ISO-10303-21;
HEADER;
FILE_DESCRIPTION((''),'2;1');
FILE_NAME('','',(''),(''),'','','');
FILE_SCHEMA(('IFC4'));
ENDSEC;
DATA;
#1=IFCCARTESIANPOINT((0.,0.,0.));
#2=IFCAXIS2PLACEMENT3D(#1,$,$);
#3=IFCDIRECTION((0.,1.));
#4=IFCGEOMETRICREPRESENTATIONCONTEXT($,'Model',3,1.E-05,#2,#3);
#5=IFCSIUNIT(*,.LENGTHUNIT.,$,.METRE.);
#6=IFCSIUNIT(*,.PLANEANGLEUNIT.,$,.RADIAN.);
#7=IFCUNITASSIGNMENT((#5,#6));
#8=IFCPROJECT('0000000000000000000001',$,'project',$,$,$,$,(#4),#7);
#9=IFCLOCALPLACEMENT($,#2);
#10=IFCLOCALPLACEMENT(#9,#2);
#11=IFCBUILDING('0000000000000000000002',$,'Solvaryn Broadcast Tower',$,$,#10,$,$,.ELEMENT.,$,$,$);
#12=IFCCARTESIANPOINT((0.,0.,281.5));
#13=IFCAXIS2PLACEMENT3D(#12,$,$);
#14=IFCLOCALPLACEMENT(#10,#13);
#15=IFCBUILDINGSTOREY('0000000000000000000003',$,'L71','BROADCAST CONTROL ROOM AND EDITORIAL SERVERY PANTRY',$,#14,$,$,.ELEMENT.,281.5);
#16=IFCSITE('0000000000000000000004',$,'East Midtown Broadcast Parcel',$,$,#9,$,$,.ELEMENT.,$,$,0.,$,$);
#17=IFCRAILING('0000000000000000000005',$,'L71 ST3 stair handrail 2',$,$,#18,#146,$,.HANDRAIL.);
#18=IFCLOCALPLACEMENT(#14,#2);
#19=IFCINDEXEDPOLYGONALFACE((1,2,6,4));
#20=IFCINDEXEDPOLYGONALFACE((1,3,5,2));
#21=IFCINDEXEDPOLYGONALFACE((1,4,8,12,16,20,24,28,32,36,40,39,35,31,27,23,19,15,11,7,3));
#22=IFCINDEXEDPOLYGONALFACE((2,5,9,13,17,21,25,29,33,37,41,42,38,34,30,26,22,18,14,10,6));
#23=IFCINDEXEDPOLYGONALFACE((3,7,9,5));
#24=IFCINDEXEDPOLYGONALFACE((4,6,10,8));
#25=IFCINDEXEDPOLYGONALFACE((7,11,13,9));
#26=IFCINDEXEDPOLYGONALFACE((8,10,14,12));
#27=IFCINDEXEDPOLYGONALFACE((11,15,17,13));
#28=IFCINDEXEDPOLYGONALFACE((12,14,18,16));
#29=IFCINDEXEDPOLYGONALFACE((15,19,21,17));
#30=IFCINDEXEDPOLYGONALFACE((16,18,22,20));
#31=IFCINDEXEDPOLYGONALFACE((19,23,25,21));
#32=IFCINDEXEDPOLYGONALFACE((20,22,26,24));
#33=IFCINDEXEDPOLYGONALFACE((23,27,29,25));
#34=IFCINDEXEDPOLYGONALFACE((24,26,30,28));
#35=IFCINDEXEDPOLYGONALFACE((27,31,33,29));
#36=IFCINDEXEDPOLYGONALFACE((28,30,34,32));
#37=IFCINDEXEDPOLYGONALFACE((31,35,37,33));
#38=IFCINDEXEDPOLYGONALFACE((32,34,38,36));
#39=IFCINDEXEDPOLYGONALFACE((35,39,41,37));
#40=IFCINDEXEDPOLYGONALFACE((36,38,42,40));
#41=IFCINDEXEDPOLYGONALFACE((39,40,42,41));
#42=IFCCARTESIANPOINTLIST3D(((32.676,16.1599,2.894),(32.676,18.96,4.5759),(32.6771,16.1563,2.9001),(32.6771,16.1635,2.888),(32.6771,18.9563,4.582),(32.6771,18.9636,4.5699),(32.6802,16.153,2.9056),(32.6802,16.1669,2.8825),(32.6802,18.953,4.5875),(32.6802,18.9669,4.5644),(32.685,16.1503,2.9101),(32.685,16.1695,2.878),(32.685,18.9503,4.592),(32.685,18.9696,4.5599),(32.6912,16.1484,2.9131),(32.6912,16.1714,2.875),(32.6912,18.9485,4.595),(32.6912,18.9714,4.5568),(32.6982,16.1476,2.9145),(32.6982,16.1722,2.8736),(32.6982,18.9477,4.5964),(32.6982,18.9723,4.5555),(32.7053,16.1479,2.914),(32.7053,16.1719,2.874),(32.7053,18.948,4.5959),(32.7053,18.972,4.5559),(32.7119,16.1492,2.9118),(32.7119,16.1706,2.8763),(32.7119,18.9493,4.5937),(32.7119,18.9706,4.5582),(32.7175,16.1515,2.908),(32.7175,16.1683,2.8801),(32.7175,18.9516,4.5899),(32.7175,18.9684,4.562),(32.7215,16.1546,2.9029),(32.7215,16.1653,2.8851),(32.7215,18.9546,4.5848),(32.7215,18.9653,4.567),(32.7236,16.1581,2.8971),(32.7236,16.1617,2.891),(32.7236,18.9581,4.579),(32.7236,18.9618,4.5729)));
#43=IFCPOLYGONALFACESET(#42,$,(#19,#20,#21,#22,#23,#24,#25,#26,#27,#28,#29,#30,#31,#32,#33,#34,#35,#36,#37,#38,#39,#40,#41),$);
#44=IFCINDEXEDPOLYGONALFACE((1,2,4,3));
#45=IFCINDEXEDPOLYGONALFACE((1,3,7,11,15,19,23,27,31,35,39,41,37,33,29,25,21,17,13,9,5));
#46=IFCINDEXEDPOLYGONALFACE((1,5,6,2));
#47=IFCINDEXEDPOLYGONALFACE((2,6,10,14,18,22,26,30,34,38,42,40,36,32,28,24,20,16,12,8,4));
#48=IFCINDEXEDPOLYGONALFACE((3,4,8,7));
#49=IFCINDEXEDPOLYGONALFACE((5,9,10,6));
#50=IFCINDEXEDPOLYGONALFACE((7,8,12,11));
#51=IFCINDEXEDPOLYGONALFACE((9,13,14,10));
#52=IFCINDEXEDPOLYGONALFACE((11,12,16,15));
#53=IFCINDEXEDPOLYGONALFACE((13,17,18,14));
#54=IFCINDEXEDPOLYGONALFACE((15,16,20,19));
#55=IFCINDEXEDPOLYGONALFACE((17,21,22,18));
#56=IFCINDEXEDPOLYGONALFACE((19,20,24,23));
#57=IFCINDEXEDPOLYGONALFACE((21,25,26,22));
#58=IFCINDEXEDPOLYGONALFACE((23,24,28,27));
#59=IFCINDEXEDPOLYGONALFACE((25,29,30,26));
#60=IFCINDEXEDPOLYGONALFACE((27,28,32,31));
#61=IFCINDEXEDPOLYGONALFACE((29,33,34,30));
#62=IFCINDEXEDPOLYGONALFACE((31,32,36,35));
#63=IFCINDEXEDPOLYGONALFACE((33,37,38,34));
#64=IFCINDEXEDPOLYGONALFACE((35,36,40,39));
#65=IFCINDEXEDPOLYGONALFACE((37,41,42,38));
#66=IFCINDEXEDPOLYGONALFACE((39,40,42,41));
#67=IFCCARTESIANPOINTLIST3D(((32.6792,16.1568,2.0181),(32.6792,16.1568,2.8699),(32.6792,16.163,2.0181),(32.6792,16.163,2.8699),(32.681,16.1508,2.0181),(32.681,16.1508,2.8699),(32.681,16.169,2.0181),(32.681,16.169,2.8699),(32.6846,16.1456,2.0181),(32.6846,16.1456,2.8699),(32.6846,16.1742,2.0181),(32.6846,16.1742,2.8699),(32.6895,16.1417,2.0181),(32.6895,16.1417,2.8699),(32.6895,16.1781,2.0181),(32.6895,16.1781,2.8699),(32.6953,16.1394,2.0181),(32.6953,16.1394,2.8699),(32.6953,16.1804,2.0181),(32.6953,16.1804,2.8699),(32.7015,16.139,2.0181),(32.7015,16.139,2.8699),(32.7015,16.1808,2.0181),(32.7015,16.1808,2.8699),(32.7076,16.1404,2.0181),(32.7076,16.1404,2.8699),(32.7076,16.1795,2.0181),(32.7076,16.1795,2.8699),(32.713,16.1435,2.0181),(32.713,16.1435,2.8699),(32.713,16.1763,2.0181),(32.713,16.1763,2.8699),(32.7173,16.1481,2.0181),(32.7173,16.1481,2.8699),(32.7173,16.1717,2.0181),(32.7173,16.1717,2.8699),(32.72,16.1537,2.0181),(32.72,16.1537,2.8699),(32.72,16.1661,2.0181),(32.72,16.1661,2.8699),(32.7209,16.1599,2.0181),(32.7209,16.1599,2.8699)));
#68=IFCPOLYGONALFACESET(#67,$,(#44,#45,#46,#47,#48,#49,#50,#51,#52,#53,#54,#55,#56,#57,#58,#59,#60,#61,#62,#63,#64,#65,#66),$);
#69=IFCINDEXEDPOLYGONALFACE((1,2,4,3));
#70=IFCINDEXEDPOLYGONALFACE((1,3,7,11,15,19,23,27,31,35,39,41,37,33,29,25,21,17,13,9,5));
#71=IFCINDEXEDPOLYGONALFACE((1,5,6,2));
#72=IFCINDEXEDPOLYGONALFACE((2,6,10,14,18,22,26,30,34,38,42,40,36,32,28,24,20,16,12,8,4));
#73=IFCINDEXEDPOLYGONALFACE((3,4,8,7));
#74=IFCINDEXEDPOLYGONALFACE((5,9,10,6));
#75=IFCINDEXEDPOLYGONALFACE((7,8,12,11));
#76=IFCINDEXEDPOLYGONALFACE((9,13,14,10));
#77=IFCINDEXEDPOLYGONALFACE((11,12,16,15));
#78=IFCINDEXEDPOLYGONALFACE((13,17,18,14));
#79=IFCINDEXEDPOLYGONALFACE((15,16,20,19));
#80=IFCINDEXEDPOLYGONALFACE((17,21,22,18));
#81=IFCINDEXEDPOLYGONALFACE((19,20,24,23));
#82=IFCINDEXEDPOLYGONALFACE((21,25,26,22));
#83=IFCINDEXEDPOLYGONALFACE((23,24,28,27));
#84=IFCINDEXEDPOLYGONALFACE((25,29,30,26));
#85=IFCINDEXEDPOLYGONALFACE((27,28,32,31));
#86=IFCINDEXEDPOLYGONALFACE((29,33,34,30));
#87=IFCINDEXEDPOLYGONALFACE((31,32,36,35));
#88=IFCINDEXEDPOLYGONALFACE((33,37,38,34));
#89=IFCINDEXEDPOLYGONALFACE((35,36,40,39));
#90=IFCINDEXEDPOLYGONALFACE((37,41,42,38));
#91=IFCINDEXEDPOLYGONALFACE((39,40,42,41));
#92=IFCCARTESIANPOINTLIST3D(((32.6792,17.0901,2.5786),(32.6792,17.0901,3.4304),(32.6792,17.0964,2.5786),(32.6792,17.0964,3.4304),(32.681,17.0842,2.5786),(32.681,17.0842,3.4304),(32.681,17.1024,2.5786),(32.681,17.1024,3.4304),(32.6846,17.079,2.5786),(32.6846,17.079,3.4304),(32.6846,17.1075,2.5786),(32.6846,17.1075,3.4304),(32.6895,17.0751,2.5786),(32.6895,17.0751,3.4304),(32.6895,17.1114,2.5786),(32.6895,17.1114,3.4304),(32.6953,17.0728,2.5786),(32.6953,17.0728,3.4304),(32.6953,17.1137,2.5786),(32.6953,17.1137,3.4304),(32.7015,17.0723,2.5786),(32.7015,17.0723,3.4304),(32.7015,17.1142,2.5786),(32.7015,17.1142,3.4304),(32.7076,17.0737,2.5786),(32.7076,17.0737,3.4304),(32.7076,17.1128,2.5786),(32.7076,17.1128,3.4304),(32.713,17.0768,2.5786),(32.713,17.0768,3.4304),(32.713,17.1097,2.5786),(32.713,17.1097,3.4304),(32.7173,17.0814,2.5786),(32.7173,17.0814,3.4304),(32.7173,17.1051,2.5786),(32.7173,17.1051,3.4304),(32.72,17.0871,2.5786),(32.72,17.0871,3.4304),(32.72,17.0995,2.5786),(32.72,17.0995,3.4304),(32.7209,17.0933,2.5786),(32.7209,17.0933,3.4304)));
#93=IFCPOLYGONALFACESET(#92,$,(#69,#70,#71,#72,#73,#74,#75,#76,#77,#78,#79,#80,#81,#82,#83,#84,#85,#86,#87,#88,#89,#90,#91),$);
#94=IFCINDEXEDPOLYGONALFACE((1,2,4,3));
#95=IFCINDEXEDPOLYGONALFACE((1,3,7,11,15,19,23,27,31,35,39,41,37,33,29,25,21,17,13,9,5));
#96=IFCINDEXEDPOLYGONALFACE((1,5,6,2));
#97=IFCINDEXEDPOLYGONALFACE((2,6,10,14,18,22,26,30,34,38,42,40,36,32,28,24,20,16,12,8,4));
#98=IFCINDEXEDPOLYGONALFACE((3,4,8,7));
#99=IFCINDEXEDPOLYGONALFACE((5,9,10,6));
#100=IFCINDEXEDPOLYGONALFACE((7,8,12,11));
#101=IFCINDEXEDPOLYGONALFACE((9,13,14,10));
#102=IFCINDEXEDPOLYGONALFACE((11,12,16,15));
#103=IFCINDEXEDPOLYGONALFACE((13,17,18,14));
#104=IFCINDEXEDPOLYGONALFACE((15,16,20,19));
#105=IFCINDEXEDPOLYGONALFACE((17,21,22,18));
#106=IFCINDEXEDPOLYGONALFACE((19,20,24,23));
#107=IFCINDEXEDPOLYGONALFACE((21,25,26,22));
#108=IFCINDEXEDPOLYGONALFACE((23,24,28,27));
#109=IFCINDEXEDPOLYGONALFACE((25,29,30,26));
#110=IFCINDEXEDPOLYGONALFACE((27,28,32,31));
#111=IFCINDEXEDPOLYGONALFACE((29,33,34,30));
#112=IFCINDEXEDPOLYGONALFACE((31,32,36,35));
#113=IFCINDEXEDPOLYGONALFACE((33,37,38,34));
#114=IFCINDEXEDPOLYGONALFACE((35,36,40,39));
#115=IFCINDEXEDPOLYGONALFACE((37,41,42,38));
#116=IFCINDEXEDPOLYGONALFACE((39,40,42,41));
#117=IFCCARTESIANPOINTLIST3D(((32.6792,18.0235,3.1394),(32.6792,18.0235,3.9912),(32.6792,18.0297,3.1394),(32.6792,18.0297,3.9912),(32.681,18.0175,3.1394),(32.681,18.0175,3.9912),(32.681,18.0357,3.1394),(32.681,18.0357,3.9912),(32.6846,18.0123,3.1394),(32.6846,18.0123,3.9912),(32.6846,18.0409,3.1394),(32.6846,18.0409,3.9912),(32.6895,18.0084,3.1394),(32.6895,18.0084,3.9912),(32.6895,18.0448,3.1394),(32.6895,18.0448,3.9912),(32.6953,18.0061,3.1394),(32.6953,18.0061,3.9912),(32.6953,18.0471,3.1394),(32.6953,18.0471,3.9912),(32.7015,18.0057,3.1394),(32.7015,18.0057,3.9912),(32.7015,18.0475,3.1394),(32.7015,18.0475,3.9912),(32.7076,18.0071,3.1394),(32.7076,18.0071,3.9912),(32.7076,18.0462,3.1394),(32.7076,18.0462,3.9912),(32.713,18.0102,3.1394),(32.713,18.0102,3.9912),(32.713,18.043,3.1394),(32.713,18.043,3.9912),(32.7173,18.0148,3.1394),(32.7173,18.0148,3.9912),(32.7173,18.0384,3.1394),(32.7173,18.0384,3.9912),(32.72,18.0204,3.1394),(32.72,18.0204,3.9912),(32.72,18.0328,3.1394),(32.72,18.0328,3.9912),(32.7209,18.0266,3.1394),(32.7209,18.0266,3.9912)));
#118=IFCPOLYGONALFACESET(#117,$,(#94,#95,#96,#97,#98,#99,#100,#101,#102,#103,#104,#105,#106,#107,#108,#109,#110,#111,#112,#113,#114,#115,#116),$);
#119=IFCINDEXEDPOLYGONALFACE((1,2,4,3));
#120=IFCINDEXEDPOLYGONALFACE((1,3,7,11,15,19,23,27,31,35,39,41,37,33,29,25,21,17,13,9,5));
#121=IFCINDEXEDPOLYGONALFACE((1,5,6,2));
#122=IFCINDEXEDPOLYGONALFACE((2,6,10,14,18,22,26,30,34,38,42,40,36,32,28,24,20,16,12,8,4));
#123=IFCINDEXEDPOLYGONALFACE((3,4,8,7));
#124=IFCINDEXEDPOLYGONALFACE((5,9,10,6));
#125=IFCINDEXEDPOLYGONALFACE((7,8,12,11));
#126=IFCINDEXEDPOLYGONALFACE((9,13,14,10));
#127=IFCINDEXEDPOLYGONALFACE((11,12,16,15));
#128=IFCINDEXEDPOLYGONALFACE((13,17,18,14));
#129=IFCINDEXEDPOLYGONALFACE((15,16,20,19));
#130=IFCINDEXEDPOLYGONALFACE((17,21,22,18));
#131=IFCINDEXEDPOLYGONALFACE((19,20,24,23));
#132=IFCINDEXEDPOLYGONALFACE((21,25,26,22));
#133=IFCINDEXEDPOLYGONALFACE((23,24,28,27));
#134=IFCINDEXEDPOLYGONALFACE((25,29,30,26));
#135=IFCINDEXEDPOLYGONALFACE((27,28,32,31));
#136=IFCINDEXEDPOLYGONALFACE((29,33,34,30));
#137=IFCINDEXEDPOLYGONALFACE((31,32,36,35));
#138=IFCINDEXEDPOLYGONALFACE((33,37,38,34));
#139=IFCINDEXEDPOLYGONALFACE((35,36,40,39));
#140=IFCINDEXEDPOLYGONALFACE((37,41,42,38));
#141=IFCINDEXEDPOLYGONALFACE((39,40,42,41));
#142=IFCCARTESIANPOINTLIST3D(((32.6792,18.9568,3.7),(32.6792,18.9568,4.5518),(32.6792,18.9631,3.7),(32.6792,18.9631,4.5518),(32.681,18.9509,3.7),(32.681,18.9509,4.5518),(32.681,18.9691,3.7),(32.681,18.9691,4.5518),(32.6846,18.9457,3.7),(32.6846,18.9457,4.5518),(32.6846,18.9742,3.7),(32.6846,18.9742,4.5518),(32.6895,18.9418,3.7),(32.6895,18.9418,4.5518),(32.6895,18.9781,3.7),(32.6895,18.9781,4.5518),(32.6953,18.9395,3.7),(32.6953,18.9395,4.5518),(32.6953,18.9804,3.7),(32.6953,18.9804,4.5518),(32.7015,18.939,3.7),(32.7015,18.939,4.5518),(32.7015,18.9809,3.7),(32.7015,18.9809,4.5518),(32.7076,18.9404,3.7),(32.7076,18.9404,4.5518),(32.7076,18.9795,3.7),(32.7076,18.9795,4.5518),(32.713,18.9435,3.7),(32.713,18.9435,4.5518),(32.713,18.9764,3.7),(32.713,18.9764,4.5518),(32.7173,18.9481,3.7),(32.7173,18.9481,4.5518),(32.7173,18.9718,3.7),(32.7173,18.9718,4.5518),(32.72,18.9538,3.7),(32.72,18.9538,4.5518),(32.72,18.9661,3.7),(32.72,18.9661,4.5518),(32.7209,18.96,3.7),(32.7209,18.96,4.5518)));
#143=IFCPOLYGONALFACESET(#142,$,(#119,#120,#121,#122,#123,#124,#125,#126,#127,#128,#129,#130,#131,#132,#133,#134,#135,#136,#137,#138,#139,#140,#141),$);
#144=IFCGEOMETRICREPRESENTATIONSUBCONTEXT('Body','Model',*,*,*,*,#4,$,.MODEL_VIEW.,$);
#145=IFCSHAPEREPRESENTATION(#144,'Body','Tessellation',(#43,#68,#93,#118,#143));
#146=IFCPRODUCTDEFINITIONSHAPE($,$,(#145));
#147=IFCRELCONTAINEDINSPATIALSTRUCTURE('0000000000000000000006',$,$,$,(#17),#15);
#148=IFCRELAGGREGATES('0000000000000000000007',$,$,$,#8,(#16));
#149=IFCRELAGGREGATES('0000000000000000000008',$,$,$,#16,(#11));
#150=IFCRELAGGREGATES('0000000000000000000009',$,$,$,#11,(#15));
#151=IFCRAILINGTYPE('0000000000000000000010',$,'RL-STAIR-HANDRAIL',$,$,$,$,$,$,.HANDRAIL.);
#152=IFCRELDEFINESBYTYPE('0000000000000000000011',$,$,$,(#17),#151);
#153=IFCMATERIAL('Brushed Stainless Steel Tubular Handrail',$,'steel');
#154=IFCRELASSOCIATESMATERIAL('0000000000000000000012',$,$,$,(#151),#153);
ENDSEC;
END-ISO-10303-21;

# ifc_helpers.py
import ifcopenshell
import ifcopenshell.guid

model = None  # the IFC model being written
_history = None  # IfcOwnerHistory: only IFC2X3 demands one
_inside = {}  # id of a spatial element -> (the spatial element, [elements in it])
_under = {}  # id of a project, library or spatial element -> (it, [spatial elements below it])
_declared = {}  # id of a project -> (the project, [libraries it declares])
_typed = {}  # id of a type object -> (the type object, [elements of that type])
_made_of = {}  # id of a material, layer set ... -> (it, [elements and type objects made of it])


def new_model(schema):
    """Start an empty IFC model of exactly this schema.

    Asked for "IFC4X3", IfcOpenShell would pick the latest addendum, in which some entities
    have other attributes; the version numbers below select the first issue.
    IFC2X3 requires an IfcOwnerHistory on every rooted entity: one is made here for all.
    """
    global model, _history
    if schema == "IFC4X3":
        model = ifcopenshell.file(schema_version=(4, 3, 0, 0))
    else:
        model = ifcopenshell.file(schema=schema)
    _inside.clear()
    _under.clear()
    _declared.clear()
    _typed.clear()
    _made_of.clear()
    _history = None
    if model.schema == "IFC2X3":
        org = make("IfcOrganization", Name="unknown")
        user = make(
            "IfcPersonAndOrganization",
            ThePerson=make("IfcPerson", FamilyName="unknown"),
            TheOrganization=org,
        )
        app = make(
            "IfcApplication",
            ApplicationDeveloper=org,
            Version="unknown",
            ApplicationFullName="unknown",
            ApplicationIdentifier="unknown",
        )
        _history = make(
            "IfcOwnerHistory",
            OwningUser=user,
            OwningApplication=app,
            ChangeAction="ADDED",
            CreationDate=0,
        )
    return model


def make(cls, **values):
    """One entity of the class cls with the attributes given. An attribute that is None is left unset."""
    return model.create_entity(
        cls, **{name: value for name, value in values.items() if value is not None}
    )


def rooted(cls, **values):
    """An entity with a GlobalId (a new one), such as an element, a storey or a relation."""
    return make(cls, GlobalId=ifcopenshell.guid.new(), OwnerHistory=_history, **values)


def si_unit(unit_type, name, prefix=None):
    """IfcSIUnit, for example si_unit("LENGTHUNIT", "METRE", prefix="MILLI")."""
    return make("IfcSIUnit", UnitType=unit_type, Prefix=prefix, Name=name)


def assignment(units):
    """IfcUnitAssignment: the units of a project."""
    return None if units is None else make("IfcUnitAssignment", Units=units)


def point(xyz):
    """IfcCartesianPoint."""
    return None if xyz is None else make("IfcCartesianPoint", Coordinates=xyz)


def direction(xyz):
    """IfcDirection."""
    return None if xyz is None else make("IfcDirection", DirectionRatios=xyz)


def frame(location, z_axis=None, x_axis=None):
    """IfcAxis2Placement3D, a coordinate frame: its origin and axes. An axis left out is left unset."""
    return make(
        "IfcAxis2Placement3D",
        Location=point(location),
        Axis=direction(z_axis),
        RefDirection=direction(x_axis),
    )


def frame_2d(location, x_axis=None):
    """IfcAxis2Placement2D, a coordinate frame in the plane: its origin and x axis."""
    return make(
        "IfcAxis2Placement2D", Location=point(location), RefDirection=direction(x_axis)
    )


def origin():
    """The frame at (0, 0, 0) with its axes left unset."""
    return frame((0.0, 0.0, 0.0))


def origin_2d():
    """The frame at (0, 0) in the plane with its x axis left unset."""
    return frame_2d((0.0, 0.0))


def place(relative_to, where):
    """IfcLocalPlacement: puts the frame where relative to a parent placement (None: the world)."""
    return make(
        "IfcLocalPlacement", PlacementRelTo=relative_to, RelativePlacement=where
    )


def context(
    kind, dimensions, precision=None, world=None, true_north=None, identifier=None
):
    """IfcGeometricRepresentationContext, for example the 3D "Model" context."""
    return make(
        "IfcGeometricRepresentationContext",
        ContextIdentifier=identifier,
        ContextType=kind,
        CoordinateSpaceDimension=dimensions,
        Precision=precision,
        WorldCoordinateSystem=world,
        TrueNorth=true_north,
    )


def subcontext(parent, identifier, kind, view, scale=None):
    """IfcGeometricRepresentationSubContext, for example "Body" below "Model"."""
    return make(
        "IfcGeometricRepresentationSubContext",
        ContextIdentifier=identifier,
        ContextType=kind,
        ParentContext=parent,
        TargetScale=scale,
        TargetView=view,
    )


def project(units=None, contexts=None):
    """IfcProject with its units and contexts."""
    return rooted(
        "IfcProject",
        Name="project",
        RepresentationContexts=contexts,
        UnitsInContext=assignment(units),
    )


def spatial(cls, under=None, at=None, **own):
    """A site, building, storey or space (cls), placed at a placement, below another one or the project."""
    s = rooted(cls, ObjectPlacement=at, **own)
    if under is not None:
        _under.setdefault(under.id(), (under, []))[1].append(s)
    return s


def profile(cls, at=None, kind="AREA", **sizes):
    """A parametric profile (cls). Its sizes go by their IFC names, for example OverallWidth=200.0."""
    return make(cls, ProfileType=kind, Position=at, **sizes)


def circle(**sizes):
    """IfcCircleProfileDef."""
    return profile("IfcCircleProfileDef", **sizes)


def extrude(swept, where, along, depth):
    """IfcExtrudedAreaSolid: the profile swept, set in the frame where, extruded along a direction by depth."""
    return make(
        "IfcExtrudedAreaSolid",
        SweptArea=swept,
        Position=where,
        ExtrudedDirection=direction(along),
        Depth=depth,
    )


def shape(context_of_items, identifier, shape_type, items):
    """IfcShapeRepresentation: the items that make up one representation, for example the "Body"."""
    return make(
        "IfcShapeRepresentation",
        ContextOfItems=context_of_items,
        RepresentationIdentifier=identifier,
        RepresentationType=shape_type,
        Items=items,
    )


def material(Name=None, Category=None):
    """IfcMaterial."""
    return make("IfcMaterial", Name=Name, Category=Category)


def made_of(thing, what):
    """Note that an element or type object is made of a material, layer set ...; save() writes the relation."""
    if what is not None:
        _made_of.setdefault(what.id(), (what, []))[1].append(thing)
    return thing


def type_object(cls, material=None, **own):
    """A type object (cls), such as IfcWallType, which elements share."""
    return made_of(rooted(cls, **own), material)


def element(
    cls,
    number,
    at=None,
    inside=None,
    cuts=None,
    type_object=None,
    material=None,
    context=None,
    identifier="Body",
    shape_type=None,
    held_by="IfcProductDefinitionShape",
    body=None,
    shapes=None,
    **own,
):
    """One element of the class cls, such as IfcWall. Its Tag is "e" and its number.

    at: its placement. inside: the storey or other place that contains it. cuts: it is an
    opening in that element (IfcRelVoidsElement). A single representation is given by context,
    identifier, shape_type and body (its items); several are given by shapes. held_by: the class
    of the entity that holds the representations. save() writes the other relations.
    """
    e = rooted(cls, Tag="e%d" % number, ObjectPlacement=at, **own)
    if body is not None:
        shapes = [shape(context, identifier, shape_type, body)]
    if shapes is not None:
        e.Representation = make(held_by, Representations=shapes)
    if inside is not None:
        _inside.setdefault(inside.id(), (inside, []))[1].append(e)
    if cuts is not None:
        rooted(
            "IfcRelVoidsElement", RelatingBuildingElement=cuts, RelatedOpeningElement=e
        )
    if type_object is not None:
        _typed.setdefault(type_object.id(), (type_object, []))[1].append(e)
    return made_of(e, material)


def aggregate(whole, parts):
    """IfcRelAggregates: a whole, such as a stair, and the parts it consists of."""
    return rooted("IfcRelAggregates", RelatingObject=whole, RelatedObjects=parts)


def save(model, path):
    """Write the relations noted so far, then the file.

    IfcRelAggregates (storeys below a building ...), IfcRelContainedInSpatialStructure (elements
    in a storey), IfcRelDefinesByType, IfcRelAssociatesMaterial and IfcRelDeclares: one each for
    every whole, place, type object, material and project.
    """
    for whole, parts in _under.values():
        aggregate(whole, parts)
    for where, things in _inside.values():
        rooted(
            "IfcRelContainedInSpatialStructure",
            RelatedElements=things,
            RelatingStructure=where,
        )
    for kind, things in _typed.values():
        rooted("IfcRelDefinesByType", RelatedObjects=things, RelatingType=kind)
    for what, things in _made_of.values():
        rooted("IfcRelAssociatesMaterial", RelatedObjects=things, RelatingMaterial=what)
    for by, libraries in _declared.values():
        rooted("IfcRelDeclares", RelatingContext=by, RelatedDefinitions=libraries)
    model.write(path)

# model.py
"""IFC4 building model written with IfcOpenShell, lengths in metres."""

from ifc_helpers import new_model, si_unit, direction, frame, origin, origin_2d, place, context, subcontext, project, spatial, circle, extrude, material, type_object, element, save


model = new_model("IFC4")

# Units and contexts
model_context = context("Model", 3, precision=1e-05, world=origin(), true_north=direction((0.0, 1.0)))
body_context = subcontext(model_context, "Body", "Model", "MODEL_VIEW")
ifc_project = project(units=[si_unit("LENGTHUNIT", "METRE"), si_unit("PLANEANGLEUNIT", "RADIAN")], contexts=[model_context])

# Site, building, storey
site_placement = place(None, origin())
site = spatial("IfcSite", under=ifc_project, at=site_placement, Name="East Midtown Broadcast Parcel", CompositionType="ELEMENT", RefElevation=0.0)
building_placement = place(site_placement, origin())
building = spatial("IfcBuilding", under=site, at=building_placement, Name="Solvaryn Broadcast Tower", CompositionType="ELEMENT")
storey_placement = place(building_placement, frame((0.0, 0.0, 281.5)))
storey = spatial("IfcBuildingStorey", under=building, at=storey_placement, Name="L71", Description="BROADCAST CONTROL ROOM AND EDITORIAL SERVERY PANTRY", CompositionType="ELEMENT", Elevation=281.5)

# Railing
ifc_material_1 = material(Name="Brushed Stainless Steel Tubular Handrail", Category="steel")
railing_type_1 = type_object("IfcRailingType", Name="RL-STAIR-HANDRAIL", PredefinedType="HANDRAIL", material=ifc_material_1)
railing_1_placement = place(storey_placement, frame((32.7, 16.1599, 2.0181)))
element("IfcRailing", 1, at=railing_1_placement, inside=storey, type_object=railing_type_1, Name="L71 ST3 stair handrail 2", PredefinedType="HANDRAIL", context=body_context, shape_type="SweptSolid", body=[
    extrude(circle(Radius=0.0239, at=origin_2d()), frame((0.0, 0.0, 0.876), z_axis=(0.0, 0.857242, 0.514913), x_axis=(-1.0, 0.0, 0.0)), (0.0, 0.0, 1.0), 3.2664),
    extrude(circle(Radius=0.021, at=origin_2d()), origin(), (0.0, 0.0, 1.0), 0.8518),
    extrude(circle(Radius=0.021, at=origin_2d()), frame((0.0, 0.9333, 0.5605)), (0.0, 0.0, 1.0), 0.8518),
    extrude(circle(Radius=0.021, at=origin_2d()), frame((0.0, 1.8667, 1.1213)), (0.0, 0.0, 1.0), 0.8518),
    extrude(circle(Radius=0.021, at=origin_2d()), frame((0.0, 2.8, 1.6819)), (0.0, 0.0, 1.0), 0.8518),
])

save(model, "model.ifc")
